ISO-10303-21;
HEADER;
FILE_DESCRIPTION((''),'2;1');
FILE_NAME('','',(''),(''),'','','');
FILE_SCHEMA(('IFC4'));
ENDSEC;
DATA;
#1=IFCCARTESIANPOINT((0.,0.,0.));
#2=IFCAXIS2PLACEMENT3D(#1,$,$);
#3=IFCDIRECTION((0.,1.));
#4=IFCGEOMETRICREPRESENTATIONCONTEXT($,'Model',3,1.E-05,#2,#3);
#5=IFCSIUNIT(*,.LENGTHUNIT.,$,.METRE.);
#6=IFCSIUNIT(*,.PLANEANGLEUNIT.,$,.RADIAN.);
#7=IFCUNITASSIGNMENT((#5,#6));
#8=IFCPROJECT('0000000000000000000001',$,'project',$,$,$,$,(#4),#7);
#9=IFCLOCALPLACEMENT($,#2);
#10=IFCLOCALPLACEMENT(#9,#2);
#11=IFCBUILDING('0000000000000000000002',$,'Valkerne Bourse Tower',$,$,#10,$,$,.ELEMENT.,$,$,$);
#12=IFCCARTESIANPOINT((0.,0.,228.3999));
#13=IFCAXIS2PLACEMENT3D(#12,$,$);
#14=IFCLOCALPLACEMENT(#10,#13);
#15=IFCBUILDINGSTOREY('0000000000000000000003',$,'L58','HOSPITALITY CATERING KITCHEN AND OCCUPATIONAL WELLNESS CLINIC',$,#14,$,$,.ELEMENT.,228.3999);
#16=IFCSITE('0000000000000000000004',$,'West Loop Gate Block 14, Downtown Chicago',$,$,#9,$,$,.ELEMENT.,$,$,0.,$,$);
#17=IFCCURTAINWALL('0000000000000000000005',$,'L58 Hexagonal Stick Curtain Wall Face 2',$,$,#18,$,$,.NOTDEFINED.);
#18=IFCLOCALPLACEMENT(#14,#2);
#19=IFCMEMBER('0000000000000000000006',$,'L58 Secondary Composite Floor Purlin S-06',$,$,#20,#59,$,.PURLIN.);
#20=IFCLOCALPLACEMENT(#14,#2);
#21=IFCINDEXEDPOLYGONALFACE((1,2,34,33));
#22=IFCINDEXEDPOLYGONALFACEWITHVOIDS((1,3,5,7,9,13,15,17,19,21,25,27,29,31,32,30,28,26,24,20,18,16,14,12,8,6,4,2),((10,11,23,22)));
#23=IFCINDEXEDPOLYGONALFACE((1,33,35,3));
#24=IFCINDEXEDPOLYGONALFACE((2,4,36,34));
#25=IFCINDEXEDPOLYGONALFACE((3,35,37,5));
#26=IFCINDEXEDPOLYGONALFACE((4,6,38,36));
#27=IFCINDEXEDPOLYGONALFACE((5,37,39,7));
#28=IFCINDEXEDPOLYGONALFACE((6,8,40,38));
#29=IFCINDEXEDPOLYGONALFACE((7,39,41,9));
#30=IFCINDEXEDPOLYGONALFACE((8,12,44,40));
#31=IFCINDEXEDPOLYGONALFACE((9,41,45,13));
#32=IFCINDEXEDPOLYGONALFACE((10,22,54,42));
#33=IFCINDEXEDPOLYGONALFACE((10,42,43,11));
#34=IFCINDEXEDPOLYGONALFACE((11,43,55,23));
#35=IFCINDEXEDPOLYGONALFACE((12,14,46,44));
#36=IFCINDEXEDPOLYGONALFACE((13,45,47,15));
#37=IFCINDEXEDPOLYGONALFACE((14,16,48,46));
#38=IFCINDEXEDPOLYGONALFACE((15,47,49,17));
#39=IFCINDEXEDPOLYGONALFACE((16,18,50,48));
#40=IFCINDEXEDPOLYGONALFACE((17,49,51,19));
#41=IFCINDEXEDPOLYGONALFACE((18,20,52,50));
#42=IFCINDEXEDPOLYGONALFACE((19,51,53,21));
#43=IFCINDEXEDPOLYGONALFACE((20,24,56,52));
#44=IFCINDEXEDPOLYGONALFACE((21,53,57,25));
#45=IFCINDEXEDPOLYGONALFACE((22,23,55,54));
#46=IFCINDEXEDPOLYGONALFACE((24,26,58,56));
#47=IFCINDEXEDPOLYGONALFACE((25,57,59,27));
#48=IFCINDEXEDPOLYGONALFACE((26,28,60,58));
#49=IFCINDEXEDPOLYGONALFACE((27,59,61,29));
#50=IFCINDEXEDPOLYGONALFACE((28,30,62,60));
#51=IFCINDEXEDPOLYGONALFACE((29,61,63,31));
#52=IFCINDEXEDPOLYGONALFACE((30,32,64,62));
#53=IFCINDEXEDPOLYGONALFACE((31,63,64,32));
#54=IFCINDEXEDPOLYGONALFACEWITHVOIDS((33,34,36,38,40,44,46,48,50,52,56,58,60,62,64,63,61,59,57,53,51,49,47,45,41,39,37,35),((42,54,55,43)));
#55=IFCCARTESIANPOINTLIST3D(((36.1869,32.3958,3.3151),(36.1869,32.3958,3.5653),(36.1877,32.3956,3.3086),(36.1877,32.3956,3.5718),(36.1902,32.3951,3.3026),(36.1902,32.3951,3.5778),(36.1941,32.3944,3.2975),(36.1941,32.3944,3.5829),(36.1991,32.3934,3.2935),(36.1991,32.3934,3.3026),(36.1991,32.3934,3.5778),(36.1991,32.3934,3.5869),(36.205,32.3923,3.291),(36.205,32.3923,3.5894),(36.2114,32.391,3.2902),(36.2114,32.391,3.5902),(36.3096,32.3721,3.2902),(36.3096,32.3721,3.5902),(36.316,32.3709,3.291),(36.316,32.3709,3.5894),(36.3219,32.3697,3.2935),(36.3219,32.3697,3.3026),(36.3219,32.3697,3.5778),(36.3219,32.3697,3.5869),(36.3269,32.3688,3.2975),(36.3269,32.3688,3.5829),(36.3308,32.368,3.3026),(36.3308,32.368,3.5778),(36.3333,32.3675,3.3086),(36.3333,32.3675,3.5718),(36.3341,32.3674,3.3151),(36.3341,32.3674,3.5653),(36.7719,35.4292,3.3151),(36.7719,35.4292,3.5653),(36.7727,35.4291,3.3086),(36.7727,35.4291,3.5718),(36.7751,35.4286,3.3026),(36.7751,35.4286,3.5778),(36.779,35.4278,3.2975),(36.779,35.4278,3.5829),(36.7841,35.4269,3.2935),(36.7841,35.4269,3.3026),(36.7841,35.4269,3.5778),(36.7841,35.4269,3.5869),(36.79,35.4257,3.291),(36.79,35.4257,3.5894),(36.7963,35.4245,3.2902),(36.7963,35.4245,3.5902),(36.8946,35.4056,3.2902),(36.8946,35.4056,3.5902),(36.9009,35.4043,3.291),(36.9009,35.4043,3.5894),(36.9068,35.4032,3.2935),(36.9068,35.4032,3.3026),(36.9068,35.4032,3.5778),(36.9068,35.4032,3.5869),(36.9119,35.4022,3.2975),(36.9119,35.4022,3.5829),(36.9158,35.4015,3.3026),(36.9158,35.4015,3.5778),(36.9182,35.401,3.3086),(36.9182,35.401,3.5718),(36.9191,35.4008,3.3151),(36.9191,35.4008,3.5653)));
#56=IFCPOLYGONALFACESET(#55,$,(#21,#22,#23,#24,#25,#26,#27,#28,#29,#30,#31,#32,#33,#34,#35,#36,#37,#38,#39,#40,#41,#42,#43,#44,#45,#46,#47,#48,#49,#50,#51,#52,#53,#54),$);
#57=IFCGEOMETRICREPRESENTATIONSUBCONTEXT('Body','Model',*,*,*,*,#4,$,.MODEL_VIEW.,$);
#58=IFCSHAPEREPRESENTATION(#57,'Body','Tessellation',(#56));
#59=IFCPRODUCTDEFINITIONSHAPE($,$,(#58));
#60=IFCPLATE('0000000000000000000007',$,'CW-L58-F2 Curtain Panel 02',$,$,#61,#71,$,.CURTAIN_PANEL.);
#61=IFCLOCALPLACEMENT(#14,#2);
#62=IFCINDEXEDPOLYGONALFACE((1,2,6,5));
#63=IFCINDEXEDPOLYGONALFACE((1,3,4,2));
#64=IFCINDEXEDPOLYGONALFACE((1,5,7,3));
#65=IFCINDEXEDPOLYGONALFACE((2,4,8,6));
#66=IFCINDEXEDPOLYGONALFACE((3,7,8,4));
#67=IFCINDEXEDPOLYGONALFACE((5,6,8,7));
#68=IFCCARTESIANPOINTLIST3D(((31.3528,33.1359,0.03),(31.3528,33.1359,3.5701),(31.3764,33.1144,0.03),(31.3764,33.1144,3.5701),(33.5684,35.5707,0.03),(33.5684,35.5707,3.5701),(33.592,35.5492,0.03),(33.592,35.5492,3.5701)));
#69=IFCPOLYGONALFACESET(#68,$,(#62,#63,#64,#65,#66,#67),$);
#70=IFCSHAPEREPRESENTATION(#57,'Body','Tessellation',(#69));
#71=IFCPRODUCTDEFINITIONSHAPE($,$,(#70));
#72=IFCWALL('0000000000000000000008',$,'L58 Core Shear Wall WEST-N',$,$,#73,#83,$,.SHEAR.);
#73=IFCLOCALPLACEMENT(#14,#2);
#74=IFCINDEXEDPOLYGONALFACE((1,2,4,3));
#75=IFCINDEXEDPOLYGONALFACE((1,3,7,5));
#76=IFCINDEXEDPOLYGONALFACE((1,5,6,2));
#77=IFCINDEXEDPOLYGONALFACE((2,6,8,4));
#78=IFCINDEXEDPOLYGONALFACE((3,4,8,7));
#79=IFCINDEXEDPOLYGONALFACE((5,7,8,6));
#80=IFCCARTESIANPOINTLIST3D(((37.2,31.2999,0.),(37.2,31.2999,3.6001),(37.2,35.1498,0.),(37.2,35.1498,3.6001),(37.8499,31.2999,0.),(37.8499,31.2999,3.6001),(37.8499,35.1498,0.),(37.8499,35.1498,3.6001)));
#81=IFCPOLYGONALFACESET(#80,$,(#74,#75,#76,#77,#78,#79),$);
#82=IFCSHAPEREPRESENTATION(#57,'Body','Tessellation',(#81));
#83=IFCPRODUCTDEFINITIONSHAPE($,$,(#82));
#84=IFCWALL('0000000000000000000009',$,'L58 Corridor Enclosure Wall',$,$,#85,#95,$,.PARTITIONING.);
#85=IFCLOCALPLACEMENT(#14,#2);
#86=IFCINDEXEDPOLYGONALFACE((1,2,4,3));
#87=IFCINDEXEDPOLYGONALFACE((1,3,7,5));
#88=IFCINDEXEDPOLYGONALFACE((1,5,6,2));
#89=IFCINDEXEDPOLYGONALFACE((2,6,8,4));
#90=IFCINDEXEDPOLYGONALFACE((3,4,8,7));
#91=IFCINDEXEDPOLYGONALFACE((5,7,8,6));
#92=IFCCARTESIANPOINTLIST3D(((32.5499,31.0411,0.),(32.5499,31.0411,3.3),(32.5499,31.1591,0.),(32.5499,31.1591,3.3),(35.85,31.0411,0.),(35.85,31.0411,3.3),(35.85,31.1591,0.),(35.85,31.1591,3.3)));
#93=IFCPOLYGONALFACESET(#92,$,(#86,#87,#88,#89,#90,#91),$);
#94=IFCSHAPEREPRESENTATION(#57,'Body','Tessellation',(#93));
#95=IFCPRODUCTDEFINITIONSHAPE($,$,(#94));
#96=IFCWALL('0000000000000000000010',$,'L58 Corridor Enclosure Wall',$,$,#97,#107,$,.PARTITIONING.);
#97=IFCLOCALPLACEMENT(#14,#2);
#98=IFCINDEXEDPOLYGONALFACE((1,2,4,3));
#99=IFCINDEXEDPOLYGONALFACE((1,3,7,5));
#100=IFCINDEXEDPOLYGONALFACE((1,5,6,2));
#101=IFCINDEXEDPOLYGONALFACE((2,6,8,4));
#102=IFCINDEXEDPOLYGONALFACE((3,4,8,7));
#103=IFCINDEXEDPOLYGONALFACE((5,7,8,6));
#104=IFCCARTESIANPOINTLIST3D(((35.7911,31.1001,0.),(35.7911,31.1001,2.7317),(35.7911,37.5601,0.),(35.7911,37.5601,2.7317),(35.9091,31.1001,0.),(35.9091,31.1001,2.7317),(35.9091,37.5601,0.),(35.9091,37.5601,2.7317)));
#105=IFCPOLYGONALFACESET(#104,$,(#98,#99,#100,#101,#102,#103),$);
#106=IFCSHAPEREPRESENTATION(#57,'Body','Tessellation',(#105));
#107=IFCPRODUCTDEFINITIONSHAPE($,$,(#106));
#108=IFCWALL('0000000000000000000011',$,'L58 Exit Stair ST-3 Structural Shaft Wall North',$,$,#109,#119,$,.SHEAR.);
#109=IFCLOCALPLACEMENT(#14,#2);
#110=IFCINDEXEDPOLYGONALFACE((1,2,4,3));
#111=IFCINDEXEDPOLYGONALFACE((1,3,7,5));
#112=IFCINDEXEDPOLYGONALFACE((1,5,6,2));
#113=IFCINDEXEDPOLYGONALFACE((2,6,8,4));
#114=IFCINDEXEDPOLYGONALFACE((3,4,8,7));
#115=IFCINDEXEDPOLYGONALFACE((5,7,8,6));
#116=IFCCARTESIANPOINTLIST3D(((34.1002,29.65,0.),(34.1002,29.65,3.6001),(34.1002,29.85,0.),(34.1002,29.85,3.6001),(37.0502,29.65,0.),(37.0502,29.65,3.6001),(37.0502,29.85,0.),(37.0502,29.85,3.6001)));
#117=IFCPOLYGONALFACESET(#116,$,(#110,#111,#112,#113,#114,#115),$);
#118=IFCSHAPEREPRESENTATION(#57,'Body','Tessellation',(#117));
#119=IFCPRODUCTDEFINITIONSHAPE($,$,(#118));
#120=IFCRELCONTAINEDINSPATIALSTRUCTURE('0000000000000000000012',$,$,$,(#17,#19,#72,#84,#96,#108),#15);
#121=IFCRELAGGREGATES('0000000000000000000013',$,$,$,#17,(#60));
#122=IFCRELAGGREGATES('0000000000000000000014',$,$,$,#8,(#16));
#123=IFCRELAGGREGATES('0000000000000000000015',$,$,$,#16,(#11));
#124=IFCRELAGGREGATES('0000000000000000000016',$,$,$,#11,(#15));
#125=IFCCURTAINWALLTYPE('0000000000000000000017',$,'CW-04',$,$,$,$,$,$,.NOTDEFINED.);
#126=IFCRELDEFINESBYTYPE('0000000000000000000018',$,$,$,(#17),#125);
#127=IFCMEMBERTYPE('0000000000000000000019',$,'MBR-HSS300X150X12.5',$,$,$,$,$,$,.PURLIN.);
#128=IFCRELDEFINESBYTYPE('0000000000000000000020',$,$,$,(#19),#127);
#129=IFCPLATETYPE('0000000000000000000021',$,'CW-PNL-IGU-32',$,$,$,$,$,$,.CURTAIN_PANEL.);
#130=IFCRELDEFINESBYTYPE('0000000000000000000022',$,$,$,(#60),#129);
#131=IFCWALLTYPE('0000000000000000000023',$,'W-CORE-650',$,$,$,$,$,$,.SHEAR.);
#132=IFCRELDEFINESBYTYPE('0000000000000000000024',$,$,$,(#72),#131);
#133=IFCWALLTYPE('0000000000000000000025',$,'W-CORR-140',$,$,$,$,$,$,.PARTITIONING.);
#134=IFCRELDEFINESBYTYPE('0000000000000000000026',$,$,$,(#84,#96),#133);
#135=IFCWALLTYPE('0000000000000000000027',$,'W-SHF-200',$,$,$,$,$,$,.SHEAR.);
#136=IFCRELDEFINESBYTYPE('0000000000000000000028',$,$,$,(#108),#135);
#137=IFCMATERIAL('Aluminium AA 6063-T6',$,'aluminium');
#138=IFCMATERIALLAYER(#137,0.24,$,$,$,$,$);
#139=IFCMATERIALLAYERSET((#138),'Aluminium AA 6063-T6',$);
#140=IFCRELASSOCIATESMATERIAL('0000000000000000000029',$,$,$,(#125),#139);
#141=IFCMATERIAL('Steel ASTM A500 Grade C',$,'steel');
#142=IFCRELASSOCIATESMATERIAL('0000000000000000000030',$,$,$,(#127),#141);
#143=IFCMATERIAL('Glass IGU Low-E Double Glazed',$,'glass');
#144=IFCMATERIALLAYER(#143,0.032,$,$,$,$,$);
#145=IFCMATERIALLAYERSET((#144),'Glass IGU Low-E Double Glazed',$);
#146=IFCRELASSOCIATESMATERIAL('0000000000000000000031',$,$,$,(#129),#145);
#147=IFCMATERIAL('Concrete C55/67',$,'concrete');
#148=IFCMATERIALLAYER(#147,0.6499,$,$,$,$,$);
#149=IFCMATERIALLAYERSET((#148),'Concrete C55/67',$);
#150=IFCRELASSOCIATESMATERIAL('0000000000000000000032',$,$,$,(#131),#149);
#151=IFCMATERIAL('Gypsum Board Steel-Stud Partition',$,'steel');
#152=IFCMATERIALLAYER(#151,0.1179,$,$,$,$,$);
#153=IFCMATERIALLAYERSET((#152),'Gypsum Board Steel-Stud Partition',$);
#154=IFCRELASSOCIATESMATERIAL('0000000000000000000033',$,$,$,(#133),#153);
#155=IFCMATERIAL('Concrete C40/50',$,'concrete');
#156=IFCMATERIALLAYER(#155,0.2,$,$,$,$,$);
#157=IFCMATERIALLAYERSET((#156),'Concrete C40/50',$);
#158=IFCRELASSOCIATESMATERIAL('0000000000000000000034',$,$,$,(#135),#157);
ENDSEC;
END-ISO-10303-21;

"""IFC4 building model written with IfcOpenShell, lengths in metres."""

from ifc_helpers import new_model, si_unit, direction, frame, frame_2d, origin, origin_2d, place, context, subcontext, project, spatial, rectangle, hollow_rectangle, extrude, material, layer, layer_set, material_profile, profile_set, type_object, element, aggregate, save


model = new_model("IFC4")

# Units and contexts
model_context = context("Model", 3, precision=1e-05, world=origin(), true_north=direction((0.0, 1.0)))
body_context = subcontext(model_context, "Body", "Model", "MODEL_VIEW")
ifc_project = project(units=[si_unit("LENGTHUNIT", "METRE"), si_unit("PLANEANGLEUNIT", "RADIAN")], contexts=[model_context])

# Site, building, storey
site_placement = place(None, origin())
site = spatial("IfcSite", under=ifc_project, at=site_placement, Name="West Loop Gate Block 14, Downtown Chicago", CompositionType="ELEMENT", RefElevation=0.0)
building_placement = place(site_placement, origin())
building = spatial("IfcBuilding", under=site, at=building_placement, Name="Valkerne Bourse Tower", CompositionType="ELEMENT")
storey_placement = place(building_placement, frame((0.0, 0.0, 228.3999)))
storey = spatial("IfcBuildingStorey", under=building, at=storey_placement, Name="L58", Description="HOSPITALITY CATERING KITCHEN AND OCCUPATIONAL WELLNESS CLINIC", CompositionType="ELEMENT", Elevation=228.3999)

# Curtain wall
ifc_material_1 = material(Name="Aluminium AA 6063-T6", Category="aluminium")
ifc_layer_1 = layer(ifc_material_1, 0.24)
ifc_layer_set_1 = layer_set([ifc_layer_1], Name="Aluminium AA 6063-T6")
curtain_wall_type = type_object("IfcCurtainWallType", Name="CW-04", PredefinedType="NOTDEFINED", material=ifc_layer_set_1)
curtain_wall_placement = place(storey_placement, origin())
curtain_wall = element("IfcCurtainWall", 1, at=curtain_wall_placement, inside=storey, type_object=curtain_wall_type, Name="L58 Hexagonal Stick Curtain Wall Face 2", PredefinedType="NOTDEFINED")

# Member
ifc_material_2 = material(Name="Steel ASTM A500 Grade C", Category="steel")
ifc_material_profile_1 = material_profile(ifc_material_2, hollow_rectangle(XDim=0.1499, YDim=0.3, WallThickness=0.0125, OuterFilletRadius=0.0249, at=origin_2d()), Name="HSS300X150X12.5")
ifc_profile_set_1 = profile_set([ifc_material_profile_1], Name="Steel ASTM A500 Grade C")
member_type_1 = type_object("IfcMemberType", Name="MBR-HSS300X150X12.5", PredefinedType="PURLIN", material=ifc_profile_set_1)
member_1_placement = place(storey_placement, frame((36.8455, 35.415, 3.4402), z_axis=(-0.189349, -0.98191, 0.0), x_axis=(0.98191, -0.189349, 0.0)))
element("IfcMember", 2, at=member_1_placement, inside=storey, type_object=member_type_1, Name="L58 Secondary Composite Floor Purlin S-06", PredefinedType="PURLIN", context=body_context, shape_type="SweptSolid", body=[
    extrude(hollow_rectangle(XDim=0.1499, YDim=0.3, WallThickness=0.0125, OuterFilletRadius=0.0249, at=origin_2d()), origin(), (0.0, 0.0, 1.0), 3.0894),
])

# Plate
ifc_material_3 = material(Name="Glass IGU Low-E Double Glazed", Category="glass")
ifc_layer_2 = layer(ifc_material_3, 0.032)
ifc_layer_set_2 = layer_set([ifc_layer_2], Name="Glass IGU Low-E Double Glazed")
plate_type = type_object("IfcPlateType", Name="CW-PNL-IGU-32", PredefinedType="CURTAIN_PANEL", material=ifc_layer_set_2)
plate_placement = place(storey_placement, frame((32.4724, 34.3425, 0.03), z_axis=(0.0, 0.0, 1.0), x_axis=(-0.673025, -0.73962, 0.0)))
plate = element("IfcPlate", 3, at=plate_placement, type_object=plate_type, Name="CW-L58-F2 Curtain Panel 02", PredefinedType="CURTAIN_PANEL", context=body_context, shape_type="SweptSolid", body=[
    extrude(rectangle(XDim=3.292, YDim=0.032, at=origin_2d()), origin(), (0.0, 0.0, 1.0), 3.54),
])
aggregate(curtain_wall, [plate])

# Walls
ifc_material_4 = material(Name="Concrete C55/67", Category="concrete")
ifc_layer_3 = layer(ifc_material_4, 0.6499)
ifc_layer_set_3 = layer_set([ifc_layer_3], Name="Concrete C55/67")
wall_type_1 = type_object("IfcWallType", Name="W-CORE-650", PredefinedType="SHEAR", material=ifc_layer_set_3)
wall_1_placement = place(storey_placement, frame((37.5249, 31.3, 0.0), z_axis=(0.0, 0.0, 1.0), x_axis=(0.0, 1.0, 0.0)))
element("IfcWall", 4, at=wall_1_placement, inside=storey, type_object=wall_type_1, Name="L58 Core Shear Wall WEST-N", PredefinedType="SHEAR", context=body_context, shape_type="SweptSolid", body=[
    extrude(rectangle(XDim=3.8499, YDim=0.6499, at=frame_2d((1.9248, 0.0))), origin(), (0.0, 0.0, 1.0), 3.6001),
])
ifc_material_5 = material(Name="Gypsum Board Steel-Stud Partition", Category="steel")
ifc_layer_4 = layer(ifc_material_5, 0.1179)
ifc_layer_set_4 = layer_set([ifc_layer_4], Name="Gypsum Board Steel-Stud Partition")
wall_type_2 = type_object("IfcWallType", Name="W-CORR-140", PredefinedType="PARTITIONING", material=ifc_layer_set_4)
wall_2_placement = place(storey_placement, frame((32.55, 31.1001, 0.0), z_axis=(0.0, 0.0, 1.0), x_axis=(1.0, 0.0, 0.0)))
element("IfcWall", 5, at=wall_2_placement, inside=storey, type_object=wall_type_2, Name="L58 Corridor Enclosure Wall", PredefinedType="PARTITIONING", context=body_context, shape_type="SweptSolid", body=[
    extrude(rectangle(XDim=3.3, YDim=0.1179, at=frame_2d((1.6499, 0.0))), origin(), (0.0, 0.0, 1.0), 3.3),
])
wall_3_placement = place(storey_placement, frame((35.8501, 31.1001, 0.0), z_axis=(0.0, 0.0, 1.0), x_axis=(0.0, 1.0, 0.0)))
element("IfcWall", 6, at=wall_3_placement, inside=storey, type_object=wall_type_2, Name="L58 Corridor Enclosure Wall", PredefinedType="PARTITIONING", context=body_context, shape_type="SweptSolid", body=[
    extrude(rectangle(XDim=6.46, YDim=0.1179, at=frame_2d((3.23, 0.0))), origin(), (0.0, 0.0, 1.0), 2.7317),
])
ifc_material_6 = material(Name="Concrete C40/50", Category="concrete")
ifc_layer_5 = layer(ifc_material_6, 0.2)
ifc_layer_set_5 = layer_set([ifc_layer_5], Name="Concrete C40/50")
wall_type_3 = type_object("IfcWallType", Name="W-SHF-200", PredefinedType="SHEAR", material=ifc_layer_set_5)
wall_4_placement = place(storey_placement, frame((34.1001, 29.75, 0.0), z_axis=(0.0, 0.0, 1.0), x_axis=(1.0, 0.0, 0.0)))
element("IfcWall", 7, at=wall_4_placement, inside=storey, type_object=wall_type_3, Name="L58 Exit Stair ST-3 Structural Shaft Wall North", PredefinedType="SHEAR", context=body_context, shape_type="SweptSolid", body=[
    extrude(rectangle(XDim=2.95, YDim=0.2, at=frame_2d((1.4751, 0.0))), origin(), (0.0, 0.0, 1.0), 3.6001),
])

save(model, "model.ifc")
